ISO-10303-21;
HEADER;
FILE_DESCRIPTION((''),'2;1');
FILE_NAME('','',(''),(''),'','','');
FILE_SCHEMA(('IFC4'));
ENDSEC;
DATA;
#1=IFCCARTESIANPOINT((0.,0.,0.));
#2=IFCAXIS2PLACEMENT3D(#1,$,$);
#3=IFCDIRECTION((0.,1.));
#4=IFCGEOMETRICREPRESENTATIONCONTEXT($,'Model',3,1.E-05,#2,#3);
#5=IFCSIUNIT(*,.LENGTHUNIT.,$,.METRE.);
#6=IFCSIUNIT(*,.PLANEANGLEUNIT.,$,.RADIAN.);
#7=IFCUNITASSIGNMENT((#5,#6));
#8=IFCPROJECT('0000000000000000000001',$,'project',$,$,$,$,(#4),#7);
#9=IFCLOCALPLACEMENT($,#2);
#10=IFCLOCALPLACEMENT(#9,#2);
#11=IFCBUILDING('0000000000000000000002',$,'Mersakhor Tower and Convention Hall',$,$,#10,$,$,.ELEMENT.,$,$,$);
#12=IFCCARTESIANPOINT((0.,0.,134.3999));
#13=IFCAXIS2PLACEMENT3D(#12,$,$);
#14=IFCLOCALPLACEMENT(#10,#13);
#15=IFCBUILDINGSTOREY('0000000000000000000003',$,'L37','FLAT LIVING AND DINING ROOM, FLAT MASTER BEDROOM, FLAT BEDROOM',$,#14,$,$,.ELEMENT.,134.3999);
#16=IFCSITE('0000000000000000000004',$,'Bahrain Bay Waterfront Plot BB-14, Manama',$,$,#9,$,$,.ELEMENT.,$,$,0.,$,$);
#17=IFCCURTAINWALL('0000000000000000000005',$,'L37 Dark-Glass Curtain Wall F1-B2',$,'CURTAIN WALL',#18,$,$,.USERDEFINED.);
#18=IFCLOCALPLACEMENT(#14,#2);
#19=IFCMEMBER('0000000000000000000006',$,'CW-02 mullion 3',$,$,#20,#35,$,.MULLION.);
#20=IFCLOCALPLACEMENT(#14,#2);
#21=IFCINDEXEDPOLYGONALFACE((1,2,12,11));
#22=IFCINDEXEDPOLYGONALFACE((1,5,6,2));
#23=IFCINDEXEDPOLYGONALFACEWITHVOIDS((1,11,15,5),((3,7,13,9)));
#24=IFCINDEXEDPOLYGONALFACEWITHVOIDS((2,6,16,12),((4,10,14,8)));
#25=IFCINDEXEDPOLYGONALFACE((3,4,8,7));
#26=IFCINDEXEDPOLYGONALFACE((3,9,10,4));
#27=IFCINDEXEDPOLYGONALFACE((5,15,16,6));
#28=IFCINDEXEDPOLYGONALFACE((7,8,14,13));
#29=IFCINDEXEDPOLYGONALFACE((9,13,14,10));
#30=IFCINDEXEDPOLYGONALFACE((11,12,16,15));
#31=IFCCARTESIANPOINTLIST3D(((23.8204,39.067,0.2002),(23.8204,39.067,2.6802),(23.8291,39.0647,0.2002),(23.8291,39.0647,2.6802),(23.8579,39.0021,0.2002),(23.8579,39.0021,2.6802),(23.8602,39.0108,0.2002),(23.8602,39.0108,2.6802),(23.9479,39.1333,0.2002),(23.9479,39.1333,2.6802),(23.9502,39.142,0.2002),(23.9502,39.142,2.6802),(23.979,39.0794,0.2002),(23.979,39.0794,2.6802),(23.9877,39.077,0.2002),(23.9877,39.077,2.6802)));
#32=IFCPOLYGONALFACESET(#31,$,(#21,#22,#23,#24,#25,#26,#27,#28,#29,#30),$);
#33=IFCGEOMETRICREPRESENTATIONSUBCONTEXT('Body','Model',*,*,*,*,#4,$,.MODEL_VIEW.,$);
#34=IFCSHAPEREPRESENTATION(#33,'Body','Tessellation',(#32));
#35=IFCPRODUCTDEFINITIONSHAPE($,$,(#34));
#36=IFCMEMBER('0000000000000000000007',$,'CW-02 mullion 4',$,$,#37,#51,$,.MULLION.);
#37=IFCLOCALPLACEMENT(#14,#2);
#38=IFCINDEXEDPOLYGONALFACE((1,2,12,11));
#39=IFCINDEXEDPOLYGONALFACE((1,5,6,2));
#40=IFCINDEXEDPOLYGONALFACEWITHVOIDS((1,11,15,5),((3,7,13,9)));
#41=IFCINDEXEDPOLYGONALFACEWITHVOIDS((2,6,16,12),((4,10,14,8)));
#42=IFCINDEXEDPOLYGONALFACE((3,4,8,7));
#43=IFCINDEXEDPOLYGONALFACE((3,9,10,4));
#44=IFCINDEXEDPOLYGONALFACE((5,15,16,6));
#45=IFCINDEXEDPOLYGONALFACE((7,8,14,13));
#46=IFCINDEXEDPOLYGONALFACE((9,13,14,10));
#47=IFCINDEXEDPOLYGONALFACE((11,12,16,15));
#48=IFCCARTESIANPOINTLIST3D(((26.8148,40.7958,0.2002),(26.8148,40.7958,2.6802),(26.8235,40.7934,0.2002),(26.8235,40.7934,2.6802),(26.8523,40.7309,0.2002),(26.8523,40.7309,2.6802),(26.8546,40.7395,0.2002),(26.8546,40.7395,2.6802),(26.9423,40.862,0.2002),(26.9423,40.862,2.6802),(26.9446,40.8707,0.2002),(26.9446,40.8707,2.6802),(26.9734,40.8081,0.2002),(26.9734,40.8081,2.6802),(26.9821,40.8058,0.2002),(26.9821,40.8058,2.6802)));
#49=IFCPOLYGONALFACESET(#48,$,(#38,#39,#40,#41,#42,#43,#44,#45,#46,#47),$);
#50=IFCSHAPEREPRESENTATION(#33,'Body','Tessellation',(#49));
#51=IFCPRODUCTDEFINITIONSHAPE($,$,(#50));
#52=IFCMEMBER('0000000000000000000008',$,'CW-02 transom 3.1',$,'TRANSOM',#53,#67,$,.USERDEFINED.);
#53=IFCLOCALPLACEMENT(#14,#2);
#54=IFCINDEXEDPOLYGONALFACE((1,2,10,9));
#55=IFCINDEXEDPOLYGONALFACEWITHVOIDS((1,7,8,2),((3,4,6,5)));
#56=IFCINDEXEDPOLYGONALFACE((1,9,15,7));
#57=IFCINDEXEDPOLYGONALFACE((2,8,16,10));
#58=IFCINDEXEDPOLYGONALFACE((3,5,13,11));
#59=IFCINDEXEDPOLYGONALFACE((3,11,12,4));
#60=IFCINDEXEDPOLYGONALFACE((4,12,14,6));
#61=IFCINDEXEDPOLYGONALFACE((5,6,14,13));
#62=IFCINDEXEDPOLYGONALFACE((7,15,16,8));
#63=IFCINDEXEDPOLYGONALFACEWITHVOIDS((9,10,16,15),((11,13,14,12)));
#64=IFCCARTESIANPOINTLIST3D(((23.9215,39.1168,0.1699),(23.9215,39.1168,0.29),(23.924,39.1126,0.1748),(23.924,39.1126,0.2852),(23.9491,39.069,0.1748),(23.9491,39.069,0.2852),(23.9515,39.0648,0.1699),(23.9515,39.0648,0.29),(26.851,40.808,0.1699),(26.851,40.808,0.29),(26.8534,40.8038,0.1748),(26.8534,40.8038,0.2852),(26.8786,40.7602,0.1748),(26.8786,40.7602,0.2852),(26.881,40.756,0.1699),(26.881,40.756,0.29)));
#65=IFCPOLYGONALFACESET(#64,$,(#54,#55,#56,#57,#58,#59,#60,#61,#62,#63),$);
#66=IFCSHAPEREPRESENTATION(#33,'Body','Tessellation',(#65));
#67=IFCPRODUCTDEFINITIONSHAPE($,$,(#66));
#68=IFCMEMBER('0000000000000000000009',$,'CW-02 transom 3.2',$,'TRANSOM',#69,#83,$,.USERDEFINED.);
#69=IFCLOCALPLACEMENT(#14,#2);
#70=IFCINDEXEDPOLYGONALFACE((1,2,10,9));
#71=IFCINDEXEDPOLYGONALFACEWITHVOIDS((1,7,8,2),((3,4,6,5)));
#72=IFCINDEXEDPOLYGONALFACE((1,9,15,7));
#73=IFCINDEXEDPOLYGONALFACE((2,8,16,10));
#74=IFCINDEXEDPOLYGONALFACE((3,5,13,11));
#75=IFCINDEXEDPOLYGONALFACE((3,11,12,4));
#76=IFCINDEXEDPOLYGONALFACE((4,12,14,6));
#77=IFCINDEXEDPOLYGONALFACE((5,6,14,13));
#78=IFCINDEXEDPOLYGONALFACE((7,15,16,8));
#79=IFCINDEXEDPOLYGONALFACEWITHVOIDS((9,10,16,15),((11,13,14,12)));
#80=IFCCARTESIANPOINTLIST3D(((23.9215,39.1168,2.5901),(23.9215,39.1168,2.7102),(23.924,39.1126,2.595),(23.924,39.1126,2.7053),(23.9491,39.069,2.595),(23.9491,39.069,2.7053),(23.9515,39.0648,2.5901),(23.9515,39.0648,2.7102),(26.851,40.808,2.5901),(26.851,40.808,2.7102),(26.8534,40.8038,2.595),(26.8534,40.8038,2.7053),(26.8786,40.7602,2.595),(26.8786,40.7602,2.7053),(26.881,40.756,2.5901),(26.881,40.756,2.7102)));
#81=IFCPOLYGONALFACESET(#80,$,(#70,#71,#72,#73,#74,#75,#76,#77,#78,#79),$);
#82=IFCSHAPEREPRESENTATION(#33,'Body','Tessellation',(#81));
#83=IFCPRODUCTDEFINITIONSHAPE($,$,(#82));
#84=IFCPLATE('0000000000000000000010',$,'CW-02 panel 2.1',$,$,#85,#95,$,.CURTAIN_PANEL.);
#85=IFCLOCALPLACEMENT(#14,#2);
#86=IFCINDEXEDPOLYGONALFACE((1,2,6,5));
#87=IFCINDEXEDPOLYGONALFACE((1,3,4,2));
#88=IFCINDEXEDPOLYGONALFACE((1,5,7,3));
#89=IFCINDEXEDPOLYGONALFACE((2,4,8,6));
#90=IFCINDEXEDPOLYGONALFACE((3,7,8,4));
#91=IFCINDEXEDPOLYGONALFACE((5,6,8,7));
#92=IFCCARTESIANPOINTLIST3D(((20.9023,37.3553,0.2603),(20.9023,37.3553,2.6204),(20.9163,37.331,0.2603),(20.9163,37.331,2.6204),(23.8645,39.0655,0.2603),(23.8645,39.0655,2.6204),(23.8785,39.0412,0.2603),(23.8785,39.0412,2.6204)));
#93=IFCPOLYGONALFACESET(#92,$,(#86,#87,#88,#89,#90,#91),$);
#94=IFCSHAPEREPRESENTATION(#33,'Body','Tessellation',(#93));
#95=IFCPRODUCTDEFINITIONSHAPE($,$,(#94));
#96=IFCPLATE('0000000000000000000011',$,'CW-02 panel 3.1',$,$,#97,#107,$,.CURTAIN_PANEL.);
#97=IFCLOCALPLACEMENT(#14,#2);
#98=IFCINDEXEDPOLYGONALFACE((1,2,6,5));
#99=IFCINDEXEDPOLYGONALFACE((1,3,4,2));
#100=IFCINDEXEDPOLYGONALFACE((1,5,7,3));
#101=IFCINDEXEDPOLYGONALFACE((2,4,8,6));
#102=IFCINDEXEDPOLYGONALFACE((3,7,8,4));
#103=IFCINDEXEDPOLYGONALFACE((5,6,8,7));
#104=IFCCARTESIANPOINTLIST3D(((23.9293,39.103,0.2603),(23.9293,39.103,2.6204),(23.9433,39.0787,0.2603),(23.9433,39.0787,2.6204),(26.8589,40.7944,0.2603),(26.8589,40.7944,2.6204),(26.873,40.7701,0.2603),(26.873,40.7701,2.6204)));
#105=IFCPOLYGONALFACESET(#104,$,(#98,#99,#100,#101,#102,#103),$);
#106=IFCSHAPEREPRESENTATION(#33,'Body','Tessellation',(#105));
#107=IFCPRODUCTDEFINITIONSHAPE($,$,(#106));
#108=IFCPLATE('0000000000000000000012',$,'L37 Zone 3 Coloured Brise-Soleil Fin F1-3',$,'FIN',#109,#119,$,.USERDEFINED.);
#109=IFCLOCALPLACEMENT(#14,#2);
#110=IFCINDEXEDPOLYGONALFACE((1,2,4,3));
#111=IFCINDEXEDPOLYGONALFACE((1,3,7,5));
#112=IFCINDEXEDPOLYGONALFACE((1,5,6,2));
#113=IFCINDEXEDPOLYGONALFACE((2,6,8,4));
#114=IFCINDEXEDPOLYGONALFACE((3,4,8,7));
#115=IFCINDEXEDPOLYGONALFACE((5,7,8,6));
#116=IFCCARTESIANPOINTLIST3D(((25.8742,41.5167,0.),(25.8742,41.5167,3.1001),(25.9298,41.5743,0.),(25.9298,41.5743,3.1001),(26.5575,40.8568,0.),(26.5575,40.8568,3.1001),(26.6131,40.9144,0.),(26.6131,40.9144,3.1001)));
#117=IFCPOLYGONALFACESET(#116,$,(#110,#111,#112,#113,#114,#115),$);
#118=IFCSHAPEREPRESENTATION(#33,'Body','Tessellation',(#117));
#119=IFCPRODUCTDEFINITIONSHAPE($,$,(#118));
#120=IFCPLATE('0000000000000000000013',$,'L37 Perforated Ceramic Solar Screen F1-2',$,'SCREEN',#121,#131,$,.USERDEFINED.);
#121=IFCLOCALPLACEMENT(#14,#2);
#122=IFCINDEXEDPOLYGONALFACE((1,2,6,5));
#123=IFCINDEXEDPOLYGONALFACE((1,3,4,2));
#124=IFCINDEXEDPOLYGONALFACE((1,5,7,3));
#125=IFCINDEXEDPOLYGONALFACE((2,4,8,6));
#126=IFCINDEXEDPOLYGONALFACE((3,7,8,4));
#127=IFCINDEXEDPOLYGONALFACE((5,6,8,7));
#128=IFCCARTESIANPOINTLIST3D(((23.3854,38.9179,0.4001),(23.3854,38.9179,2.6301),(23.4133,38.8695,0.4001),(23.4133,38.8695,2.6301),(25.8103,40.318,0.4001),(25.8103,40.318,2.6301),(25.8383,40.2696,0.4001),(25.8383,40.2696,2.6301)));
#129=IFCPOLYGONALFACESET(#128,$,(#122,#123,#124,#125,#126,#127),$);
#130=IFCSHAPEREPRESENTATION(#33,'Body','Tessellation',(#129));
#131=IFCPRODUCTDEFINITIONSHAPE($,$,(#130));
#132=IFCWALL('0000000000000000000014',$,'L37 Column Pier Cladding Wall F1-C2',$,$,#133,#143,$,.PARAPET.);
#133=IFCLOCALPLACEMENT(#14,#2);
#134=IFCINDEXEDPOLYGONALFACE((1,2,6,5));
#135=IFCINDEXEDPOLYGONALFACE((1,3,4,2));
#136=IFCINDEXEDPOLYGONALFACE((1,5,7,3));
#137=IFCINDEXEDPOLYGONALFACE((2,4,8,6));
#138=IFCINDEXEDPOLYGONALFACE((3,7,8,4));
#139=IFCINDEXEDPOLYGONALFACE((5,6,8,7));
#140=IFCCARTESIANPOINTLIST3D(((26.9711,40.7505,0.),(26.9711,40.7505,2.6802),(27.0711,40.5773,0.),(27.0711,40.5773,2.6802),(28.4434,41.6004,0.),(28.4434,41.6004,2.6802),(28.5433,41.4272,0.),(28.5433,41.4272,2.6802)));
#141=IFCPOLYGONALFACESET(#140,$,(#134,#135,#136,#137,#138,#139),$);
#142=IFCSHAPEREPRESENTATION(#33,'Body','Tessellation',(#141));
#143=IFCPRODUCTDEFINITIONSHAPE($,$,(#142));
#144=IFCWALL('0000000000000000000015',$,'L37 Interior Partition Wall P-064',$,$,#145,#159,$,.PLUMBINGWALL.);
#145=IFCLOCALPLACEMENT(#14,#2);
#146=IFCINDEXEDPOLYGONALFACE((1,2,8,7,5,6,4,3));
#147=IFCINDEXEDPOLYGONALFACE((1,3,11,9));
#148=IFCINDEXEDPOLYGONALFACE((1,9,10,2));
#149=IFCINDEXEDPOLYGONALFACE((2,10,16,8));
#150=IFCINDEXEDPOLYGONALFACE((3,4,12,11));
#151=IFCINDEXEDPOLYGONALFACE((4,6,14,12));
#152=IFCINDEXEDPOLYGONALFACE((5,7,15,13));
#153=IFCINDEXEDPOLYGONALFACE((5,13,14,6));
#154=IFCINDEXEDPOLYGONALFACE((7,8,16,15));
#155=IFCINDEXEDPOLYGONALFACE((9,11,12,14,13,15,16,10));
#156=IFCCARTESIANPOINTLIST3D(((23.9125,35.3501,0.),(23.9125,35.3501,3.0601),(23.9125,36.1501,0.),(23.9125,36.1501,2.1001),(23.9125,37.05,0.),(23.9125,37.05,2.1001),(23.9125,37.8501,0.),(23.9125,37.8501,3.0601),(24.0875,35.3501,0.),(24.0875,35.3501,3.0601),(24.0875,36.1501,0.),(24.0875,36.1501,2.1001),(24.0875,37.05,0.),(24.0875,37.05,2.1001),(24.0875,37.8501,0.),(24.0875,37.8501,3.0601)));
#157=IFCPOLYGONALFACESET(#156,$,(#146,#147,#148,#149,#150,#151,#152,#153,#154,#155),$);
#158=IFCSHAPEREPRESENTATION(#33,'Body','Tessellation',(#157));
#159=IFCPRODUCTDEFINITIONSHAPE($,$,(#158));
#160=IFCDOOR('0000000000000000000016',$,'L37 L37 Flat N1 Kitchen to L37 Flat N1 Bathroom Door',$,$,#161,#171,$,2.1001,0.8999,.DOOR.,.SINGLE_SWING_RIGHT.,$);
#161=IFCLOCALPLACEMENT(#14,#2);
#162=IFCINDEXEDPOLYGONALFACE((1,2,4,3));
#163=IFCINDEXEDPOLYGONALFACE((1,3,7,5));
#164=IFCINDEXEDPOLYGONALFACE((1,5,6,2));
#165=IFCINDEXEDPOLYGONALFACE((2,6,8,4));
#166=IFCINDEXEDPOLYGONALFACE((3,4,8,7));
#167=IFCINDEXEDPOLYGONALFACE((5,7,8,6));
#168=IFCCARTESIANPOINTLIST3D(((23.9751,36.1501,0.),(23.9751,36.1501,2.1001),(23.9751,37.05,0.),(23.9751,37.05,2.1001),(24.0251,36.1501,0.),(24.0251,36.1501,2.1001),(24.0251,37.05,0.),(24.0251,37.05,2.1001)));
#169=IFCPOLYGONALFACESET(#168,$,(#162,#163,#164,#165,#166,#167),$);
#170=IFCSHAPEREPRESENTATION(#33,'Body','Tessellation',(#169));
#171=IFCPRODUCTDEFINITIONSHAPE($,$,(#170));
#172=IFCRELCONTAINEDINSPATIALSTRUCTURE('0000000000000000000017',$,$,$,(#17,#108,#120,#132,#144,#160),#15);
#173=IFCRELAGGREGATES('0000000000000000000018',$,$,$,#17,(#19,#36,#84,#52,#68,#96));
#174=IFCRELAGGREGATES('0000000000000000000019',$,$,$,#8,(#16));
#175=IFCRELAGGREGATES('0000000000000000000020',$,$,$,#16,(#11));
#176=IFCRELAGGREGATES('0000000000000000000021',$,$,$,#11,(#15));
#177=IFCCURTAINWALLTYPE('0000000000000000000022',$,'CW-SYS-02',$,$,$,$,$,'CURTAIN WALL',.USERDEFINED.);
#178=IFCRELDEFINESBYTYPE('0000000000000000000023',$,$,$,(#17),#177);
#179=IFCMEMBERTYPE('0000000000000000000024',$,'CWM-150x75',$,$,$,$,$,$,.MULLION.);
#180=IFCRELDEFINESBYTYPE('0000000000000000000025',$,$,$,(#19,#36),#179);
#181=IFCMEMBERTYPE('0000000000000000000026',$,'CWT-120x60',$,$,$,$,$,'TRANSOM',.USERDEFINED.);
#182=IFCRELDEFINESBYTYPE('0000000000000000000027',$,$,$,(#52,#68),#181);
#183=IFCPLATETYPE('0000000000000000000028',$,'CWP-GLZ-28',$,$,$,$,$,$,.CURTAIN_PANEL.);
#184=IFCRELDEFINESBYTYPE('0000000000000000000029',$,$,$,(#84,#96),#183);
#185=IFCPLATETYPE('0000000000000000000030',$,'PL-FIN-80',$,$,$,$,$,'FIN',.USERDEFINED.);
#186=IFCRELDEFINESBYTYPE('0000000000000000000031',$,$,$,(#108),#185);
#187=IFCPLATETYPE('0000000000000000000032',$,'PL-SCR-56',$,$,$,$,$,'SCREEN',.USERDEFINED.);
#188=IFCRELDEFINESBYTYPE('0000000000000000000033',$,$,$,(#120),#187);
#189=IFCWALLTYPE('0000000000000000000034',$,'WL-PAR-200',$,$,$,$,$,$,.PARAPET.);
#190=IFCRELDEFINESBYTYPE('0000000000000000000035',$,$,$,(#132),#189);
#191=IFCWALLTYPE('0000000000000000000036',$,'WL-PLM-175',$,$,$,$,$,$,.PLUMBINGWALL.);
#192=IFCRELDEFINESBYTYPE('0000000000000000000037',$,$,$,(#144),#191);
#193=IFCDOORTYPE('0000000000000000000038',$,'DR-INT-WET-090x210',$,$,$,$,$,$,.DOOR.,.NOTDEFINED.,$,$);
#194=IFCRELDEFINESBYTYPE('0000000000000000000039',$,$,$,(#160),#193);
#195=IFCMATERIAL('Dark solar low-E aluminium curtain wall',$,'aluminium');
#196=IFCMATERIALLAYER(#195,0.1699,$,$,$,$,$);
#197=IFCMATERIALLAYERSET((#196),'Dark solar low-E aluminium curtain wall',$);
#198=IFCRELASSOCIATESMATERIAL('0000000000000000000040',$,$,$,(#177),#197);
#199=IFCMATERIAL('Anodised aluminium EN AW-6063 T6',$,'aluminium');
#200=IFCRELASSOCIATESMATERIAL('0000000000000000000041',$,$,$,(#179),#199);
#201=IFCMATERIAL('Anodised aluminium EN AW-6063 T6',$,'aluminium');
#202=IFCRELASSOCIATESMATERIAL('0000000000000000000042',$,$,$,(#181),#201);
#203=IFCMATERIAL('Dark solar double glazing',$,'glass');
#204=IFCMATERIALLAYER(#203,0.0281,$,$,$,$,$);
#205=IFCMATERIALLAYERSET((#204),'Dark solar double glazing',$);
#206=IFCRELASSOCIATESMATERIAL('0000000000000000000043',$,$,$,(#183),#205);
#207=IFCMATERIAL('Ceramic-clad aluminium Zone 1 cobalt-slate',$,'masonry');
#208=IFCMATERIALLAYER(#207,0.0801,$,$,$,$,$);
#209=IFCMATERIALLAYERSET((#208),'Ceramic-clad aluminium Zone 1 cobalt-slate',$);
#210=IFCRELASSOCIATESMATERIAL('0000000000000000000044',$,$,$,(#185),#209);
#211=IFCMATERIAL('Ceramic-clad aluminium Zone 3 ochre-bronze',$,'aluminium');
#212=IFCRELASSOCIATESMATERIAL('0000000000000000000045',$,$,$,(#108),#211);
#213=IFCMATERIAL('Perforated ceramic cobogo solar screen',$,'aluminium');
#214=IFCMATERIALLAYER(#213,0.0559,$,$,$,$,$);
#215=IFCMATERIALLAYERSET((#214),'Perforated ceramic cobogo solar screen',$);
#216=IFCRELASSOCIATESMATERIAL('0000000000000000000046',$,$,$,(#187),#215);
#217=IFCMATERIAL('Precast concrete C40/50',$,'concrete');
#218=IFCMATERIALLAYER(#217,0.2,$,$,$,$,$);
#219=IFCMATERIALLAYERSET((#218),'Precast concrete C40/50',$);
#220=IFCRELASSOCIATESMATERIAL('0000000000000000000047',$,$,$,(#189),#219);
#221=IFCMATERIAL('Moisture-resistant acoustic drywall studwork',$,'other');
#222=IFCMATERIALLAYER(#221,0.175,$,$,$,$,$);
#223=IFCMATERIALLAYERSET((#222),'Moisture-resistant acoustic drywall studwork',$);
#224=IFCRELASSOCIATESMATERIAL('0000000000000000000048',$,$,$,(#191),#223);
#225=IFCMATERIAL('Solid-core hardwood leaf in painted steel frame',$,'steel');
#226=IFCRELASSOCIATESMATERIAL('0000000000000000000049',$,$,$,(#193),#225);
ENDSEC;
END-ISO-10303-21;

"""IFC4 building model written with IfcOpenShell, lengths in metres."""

from ifc_helpers import new_model, si_unit, direction, frame, frame_2d, origin, origin_2d, place, context, subcontext, project, spatial, rectangle, hollow_rectangle, extrude, material, layer, layer_set, material_profile, profile_set, type_object, element, fill, aggregate, save


model = new_model("IFC4")

# Units and contexts
model_context = context("Model", 3, precision=1e-05, world=origin(), true_north=direction((0.0, 1.0)))
body_context = subcontext(model_context, "Body", "Model", "MODEL_VIEW")
ifc_project = project(units=[si_unit("LENGTHUNIT", "METRE"), si_unit("PLANEANGLEUNIT", "RADIAN")], contexts=[model_context])

# Site, building, storey
site_placement = place(None, origin())
site = spatial("IfcSite", under=ifc_project, at=site_placement, Name="Bahrain Bay Waterfront Plot BB-14, Manama", CompositionType="ELEMENT", RefElevation=0.0)
building_placement = place(site_placement, origin())
building = spatial("IfcBuilding", under=site, at=building_placement, Name="Mersakhor Tower and Convention Hall", CompositionType="ELEMENT")
storey_placement = place(building_placement, frame((0.0, 0.0, 134.3999)))
storey = spatial("IfcBuildingStorey", under=building, at=storey_placement, Name="L37", Description="FLAT LIVING AND DINING ROOM, FLAT MASTER BEDROOM, FLAT BEDROOM", CompositionType="ELEMENT", Elevation=134.3999)

# Curtain wall, members, plates
ifc_material_1 = material(Name="Dark solar low-E aluminium curtain wall", Category="aluminium")
ifc_layer_1 = layer(ifc_material_1, 0.1699)
ifc_layer_set_1 = layer_set([ifc_layer_1], Name="Dark solar low-E aluminium curtain wall")
curtain_wall_type = type_object("IfcCurtainWallType", Name="CW-SYS-02", ElementType="CURTAIN WALL", PredefinedType="USERDEFINED", material=ifc_layer_set_1)
curtain_wall_placement = place(storey_placement, origin())
curtain_wall = element("IfcCurtainWall", 1, at=curtain_wall_placement, inside=storey, type_object=curtain_wall_type, Name="L37 Dark-Glass Curtain Wall F1-B2", ObjectType="CURTAIN WALL", PredefinedType="USERDEFINED")
ifc_material_2 = material(Name="Anodised aluminium EN AW-6063 T6", Category="aluminium")
ifc_material_profile_1 = material_profile(ifc_material_2, hollow_rectangle(XDim=0.075, YDim=0.1499, WallThickness=0.0063, at=origin_2d()), Name="RHS 150x75x6.3")
ifc_profile_set_1 = profile_set([ifc_material_profile_1], Name="Anodised aluminium EN AW-6063 T6")
member_type_1 = type_object("IfcMemberType", Name="CWM-150x75", PredefinedType="MULLION", material=ifc_profile_set_1)
member_1_placement = place(storey_placement, frame((23.9041, 39.072, 0.2002), z_axis=(0.0, 0.0, 1.0), x_axis=(-0.49999, 0.866031, 0.0)))
member_1 = element("IfcMember", 2, at=member_1_placement, type_object=member_type_1, Name="CW-02 mullion 3", PredefinedType="MULLION", context=body_context, shape_type="SweptSolid", body=[
    extrude(hollow_rectangle(XDim=0.075, YDim=0.1499, WallThickness=0.0063, at=origin_2d()), origin(), (0.0, 0.0, 1.0), 2.48),
])
member_2_placement = place(storey_placement, frame((26.8984, 40.8008, 0.2002), z_axis=(0.0, 0.0, 1.0), x_axis=(-0.49999, 0.866031, 0.0)))
member_2 = element("IfcMember", 3, at=member_2_placement, type_object=member_type_1, Name="CW-02 mullion 4", PredefinedType="MULLION", context=body_context, shape_type="SweptSolid", body=[
    extrude(hollow_rectangle(XDim=0.075, YDim=0.1499, WallThickness=0.0063, at=origin_2d()), origin(), (0.0, 0.0, 1.0), 2.48),
])
ifc_material_3 = material(Name="Anodised aluminium EN AW-6063 T6", Category="aluminium")
ifc_material_profile_2 = material_profile(ifc_material_3, hollow_rectangle(XDim=0.0601, YDim=0.1201, WallThickness=0.0049, at=origin_2d()), Name="RHS 120x60x5")
ifc_profile_set_2 = profile_set([ifc_material_profile_2], Name="Anodised aluminium EN AW-6063 T6")
member_type_2 = type_object("IfcMemberType", Name="CWT-120x60", ElementType="TRANSOM", PredefinedType="USERDEFINED", material=ifc_profile_set_2)
member_3_placement = place(storey_placement, frame((23.9365, 39.0908, 0.23), z_axis=(0.866045, 0.499966, 0.0), x_axis=(-0.499966, 0.866045, 0.0)))
member_3 = element("IfcMember", 4, at=member_3_placement, type_object=member_type_2, Name="CW-02 transom 3.1", ObjectType="TRANSOM", PredefinedType="USERDEFINED", context=body_context, shape_type="SweptSolid", body=[
    extrude(hollow_rectangle(XDim=0.0601, YDim=0.1201, WallThickness=0.0049, at=origin_2d()), origin(), (0.0, 0.0, 1.0), 3.3826),
])
member_4_placement = place(storey_placement, frame((23.9365, 39.0908, 2.6501), z_axis=(0.866045, 0.499966, 0.0), x_axis=(-0.499966, 0.866045, 0.0)))
member_4 = element("IfcMember", 5, at=member_4_placement, type_object=member_type_2, Name="CW-02 transom 3.2", ObjectType="TRANSOM", PredefinedType="USERDEFINED", context=body_context, shape_type="SweptSolid", body=[
    extrude(hollow_rectangle(XDim=0.0601, YDim=0.1201, WallThickness=0.0049, at=origin_2d()), origin(), (0.0, 0.0, 1.0), 3.3826),
])
ifc_material_4 = material(Name="Dark solar double glazing", Category="glass")
ifc_layer_2 = layer(ifc_material_4, 0.0281)
ifc_layer_set_2 = layer_set([ifc_layer_2], Name="Dark solar double glazing")
plate_type_1 = type_object("IfcPlateType", Name="CWP-GLZ-28", PredefinedType="CURTAIN_PANEL", material=ifc_layer_set_2)
plate_1_placement = place(storey_placement, frame((22.3904, 38.1982, 0.2603), z_axis=(0.0, 0.0, 1.0), x_axis=(0.866031, 0.49999, 0.0)))
plate_1 = element("IfcPlate", 6, at=plate_1_placement, type_object=plate_type_1, Name="CW-02 panel 2.1", PredefinedType="CURTAIN_PANEL", context=body_context, shape_type="SweptSolid", body=[
    extrude(rectangle(XDim=3.4204, YDim=0.0281, at=origin_2d()), origin(), (0.0, 0.0, 1.0), 2.3601),
])
plate_2_placement = place(storey_placement, frame((25.4011, 39.9365, 0.2603), z_axis=(0.0, 0.0, 1.0), x_axis=(0.866031, 0.49999, 0.0)))
plate_2 = element("IfcPlate", 7, at=plate_2_placement, type_object=plate_type_1, Name="CW-02 panel 3.1", PredefinedType="CURTAIN_PANEL", context=body_context, shape_type="SweptSolid", body=[
    extrude(rectangle(XDim=3.3828, YDim=0.0281, at=origin_2d()), origin(), (0.0, 0.0, 1.0), 2.3601),
])
aggregate(curtain_wall, [member_1, member_2, plate_1, member_3, member_4, plate_2])

# Plates
ifc_material_5 = material(Name="Ceramic-clad aluminium Zone 3 ochre-bronze", Category="aluminium")
ifc_material_6 = material(Name="Ceramic-clad aluminium Zone 1 cobalt-slate", Category="masonry")
ifc_layer_3 = layer(ifc_material_6, 0.0801)
ifc_layer_set_3 = layer_set([ifc_layer_3], Name="Ceramic-clad aluminium Zone 1 cobalt-slate")
plate_type_2 = type_object("IfcPlateType", Name="PL-FIN-80", ElementType="FIN", PredefinedType="USERDEFINED", material=ifc_layer_set_3)
plate_3_placement = place(storey_placement, frame((26.2437, 41.2156, 0.0), z_axis=(0.0, 0.0, 1.0), x_axis=(-0.71934, 0.694658, 0.0)))
element("IfcPlate", 8, at=plate_3_placement, inside=storey, type_object=plate_type_2, material=ifc_material_5, Name="L37 Zone 3 Coloured Brise-Soleil Fin F1-3", ObjectType="FIN", PredefinedType="USERDEFINED", context=body_context, shape_type="SweptSolid", body=[
    extrude(rectangle(XDim=0.95, YDim=0.0801, at=origin_2d()), origin(), (0.0, 0.0, 1.0), 3.1001),
])
ifc_material_7 = material(Name="Perforated ceramic cobogo solar screen", Category="aluminium")
ifc_layer_4 = layer(ifc_material_7, 0.0559)
ifc_layer_set_4 = layer_set([ifc_layer_4], Name="Perforated ceramic cobogo solar screen")
plate_type_3 = type_object("IfcPlateType", Name="PL-SCR-56", ElementType="SCREEN", PredefinedType="USERDEFINED", material=ifc_layer_set_4)
plate_4_placement = place(storey_placement, frame((24.6118, 39.5938, 0.4001), z_axis=(0.0, 0.0, 1.0), x_axis=(0.866025, 0.5, 0.0)))
element("IfcPlate", 9, at=plate_4_placement, inside=storey, type_object=plate_type_3, Name="L37 Perforated Ceramic Solar Screen F1-2", ObjectType="SCREEN", PredefinedType="USERDEFINED", context=body_context, shape_type="SweptSolid", body=[
    extrude(rectangle(XDim=2.8, YDim=0.0559, at=origin_2d()), origin(), (0.0, 0.0, 1.0), 2.23),
])

# Wall
ifc_material_8 = material(Name="Precast concrete C40/50", Category="concrete")
ifc_layer_5 = layer(ifc_material_8, 0.2)
ifc_layer_set_5 = layer_set([ifc_layer_5], Name="Precast concrete C40/50")
wall_type_1 = type_object("IfcWallType", Name="WL-PAR-200", PredefinedType="PARAPET", material=ifc_layer_set_5)
wall_1_placement = place(storey_placement, frame((27.021, 40.6638, 0.0), z_axis=(0.0, 0.0, 1.0), x_axis=(0.866052, 0.499955, 0.0)))
element("IfcWall", 10, at=wall_1_placement, inside=storey, type_object=wall_type_1, Name="L37 Column Pier Cladding Wall F1-C2", PredefinedType="PARAPET", context=body_context, shape_type="SweptSolid", body=[
    extrude(rectangle(XDim=1.7, YDim=0.2, at=frame_2d((0.8501, 0.0))), origin(), (0.0, 0.0, 1.0), 2.6802),
])

# Wall, opening, door
ifc_material_9 = material(Name="Moisture-resistant acoustic drywall studwork", Category="other")
ifc_layer_6 = layer(ifc_material_9, 0.175)
ifc_layer_set_6 = layer_set([ifc_layer_6], Name="Moisture-resistant acoustic drywall studwork")
wall_type_2 = type_object("IfcWallType", Name="WL-PLM-175", PredefinedType="PLUMBINGWALL", material=ifc_layer_set_6)
wall_2_placement = place(storey_placement, frame((24.0, 35.3501, 0.0), z_axis=(0.0, 0.0, 1.0), x_axis=(0.0, 1.0, 0.0)))
wall_2 = element("IfcWall", 11, at=wall_2_placement, inside=storey, type_object=wall_type_2, Name="L37 Interior Partition Wall P-064", PredefinedType="PLUMBINGWALL", context=body_context, shape_type="SweptSolid", body=[
    extrude(rectangle(XDim=2.5, YDim=0.175, at=frame_2d((1.25, 0.0))), origin(), (0.0, 0.0, 1.0), 3.0601),
])
opening_1_placement = place(wall_2_placement, frame((0.8, 0.0, 0.0)))
opening_1 = element("IfcOpeningElement", 12, at=opening_1_placement, cuts=wall_2, PredefinedType="OPENING", context=body_context, shape_type="SweptSolid", body=[
    extrude(rectangle(XDim=0.8999, YDim=2.1001, at=frame_2d((0.45, 1.05))), frame((0.0, 0.0974, 0.0), z_axis=(0.0, -1.0, 0.0), x_axis=(1.0, 0.0, 0.0)), (0.0, 0.0, 1.0), 0.1951),
])
ifc_material_10 = material(Name="Solid-core hardwood leaf in painted steel frame", Category="steel")
door_type_1 = type_object("IfcDoorType", Name="DR-INT-WET-090x210", OperationType="NOTDEFINED", PredefinedType="DOOR", material=ifc_material_10)
door_1_placement = place(opening_1_placement, origin())
door_1 = element("IfcDoor", 13, at=door_1_placement, inside=storey, type_object=door_type_1, Name="L37 L37 Flat N1 Kitchen to L37 Flat N1 Bathroom Door", OperationType="SINGLE_SWING_RIGHT", OverallHeight=2.1001, OverallWidth=0.8999, PredefinedType="DOOR", context=body_context, shape_type="SweptSolid", body=[
    extrude(rectangle(XDim=0.8999, YDim=2.1001, at=frame_2d((0.45, 1.05))), frame((0.0, 0.0249, 0.0), z_axis=(0.0, -1.0, 0.0), x_axis=(1.0, 0.0, 0.0)), (0.0, 0.0, 1.0), 0.05),
])
fill(opening_1, door_1)

save(model, "model.ifc")
